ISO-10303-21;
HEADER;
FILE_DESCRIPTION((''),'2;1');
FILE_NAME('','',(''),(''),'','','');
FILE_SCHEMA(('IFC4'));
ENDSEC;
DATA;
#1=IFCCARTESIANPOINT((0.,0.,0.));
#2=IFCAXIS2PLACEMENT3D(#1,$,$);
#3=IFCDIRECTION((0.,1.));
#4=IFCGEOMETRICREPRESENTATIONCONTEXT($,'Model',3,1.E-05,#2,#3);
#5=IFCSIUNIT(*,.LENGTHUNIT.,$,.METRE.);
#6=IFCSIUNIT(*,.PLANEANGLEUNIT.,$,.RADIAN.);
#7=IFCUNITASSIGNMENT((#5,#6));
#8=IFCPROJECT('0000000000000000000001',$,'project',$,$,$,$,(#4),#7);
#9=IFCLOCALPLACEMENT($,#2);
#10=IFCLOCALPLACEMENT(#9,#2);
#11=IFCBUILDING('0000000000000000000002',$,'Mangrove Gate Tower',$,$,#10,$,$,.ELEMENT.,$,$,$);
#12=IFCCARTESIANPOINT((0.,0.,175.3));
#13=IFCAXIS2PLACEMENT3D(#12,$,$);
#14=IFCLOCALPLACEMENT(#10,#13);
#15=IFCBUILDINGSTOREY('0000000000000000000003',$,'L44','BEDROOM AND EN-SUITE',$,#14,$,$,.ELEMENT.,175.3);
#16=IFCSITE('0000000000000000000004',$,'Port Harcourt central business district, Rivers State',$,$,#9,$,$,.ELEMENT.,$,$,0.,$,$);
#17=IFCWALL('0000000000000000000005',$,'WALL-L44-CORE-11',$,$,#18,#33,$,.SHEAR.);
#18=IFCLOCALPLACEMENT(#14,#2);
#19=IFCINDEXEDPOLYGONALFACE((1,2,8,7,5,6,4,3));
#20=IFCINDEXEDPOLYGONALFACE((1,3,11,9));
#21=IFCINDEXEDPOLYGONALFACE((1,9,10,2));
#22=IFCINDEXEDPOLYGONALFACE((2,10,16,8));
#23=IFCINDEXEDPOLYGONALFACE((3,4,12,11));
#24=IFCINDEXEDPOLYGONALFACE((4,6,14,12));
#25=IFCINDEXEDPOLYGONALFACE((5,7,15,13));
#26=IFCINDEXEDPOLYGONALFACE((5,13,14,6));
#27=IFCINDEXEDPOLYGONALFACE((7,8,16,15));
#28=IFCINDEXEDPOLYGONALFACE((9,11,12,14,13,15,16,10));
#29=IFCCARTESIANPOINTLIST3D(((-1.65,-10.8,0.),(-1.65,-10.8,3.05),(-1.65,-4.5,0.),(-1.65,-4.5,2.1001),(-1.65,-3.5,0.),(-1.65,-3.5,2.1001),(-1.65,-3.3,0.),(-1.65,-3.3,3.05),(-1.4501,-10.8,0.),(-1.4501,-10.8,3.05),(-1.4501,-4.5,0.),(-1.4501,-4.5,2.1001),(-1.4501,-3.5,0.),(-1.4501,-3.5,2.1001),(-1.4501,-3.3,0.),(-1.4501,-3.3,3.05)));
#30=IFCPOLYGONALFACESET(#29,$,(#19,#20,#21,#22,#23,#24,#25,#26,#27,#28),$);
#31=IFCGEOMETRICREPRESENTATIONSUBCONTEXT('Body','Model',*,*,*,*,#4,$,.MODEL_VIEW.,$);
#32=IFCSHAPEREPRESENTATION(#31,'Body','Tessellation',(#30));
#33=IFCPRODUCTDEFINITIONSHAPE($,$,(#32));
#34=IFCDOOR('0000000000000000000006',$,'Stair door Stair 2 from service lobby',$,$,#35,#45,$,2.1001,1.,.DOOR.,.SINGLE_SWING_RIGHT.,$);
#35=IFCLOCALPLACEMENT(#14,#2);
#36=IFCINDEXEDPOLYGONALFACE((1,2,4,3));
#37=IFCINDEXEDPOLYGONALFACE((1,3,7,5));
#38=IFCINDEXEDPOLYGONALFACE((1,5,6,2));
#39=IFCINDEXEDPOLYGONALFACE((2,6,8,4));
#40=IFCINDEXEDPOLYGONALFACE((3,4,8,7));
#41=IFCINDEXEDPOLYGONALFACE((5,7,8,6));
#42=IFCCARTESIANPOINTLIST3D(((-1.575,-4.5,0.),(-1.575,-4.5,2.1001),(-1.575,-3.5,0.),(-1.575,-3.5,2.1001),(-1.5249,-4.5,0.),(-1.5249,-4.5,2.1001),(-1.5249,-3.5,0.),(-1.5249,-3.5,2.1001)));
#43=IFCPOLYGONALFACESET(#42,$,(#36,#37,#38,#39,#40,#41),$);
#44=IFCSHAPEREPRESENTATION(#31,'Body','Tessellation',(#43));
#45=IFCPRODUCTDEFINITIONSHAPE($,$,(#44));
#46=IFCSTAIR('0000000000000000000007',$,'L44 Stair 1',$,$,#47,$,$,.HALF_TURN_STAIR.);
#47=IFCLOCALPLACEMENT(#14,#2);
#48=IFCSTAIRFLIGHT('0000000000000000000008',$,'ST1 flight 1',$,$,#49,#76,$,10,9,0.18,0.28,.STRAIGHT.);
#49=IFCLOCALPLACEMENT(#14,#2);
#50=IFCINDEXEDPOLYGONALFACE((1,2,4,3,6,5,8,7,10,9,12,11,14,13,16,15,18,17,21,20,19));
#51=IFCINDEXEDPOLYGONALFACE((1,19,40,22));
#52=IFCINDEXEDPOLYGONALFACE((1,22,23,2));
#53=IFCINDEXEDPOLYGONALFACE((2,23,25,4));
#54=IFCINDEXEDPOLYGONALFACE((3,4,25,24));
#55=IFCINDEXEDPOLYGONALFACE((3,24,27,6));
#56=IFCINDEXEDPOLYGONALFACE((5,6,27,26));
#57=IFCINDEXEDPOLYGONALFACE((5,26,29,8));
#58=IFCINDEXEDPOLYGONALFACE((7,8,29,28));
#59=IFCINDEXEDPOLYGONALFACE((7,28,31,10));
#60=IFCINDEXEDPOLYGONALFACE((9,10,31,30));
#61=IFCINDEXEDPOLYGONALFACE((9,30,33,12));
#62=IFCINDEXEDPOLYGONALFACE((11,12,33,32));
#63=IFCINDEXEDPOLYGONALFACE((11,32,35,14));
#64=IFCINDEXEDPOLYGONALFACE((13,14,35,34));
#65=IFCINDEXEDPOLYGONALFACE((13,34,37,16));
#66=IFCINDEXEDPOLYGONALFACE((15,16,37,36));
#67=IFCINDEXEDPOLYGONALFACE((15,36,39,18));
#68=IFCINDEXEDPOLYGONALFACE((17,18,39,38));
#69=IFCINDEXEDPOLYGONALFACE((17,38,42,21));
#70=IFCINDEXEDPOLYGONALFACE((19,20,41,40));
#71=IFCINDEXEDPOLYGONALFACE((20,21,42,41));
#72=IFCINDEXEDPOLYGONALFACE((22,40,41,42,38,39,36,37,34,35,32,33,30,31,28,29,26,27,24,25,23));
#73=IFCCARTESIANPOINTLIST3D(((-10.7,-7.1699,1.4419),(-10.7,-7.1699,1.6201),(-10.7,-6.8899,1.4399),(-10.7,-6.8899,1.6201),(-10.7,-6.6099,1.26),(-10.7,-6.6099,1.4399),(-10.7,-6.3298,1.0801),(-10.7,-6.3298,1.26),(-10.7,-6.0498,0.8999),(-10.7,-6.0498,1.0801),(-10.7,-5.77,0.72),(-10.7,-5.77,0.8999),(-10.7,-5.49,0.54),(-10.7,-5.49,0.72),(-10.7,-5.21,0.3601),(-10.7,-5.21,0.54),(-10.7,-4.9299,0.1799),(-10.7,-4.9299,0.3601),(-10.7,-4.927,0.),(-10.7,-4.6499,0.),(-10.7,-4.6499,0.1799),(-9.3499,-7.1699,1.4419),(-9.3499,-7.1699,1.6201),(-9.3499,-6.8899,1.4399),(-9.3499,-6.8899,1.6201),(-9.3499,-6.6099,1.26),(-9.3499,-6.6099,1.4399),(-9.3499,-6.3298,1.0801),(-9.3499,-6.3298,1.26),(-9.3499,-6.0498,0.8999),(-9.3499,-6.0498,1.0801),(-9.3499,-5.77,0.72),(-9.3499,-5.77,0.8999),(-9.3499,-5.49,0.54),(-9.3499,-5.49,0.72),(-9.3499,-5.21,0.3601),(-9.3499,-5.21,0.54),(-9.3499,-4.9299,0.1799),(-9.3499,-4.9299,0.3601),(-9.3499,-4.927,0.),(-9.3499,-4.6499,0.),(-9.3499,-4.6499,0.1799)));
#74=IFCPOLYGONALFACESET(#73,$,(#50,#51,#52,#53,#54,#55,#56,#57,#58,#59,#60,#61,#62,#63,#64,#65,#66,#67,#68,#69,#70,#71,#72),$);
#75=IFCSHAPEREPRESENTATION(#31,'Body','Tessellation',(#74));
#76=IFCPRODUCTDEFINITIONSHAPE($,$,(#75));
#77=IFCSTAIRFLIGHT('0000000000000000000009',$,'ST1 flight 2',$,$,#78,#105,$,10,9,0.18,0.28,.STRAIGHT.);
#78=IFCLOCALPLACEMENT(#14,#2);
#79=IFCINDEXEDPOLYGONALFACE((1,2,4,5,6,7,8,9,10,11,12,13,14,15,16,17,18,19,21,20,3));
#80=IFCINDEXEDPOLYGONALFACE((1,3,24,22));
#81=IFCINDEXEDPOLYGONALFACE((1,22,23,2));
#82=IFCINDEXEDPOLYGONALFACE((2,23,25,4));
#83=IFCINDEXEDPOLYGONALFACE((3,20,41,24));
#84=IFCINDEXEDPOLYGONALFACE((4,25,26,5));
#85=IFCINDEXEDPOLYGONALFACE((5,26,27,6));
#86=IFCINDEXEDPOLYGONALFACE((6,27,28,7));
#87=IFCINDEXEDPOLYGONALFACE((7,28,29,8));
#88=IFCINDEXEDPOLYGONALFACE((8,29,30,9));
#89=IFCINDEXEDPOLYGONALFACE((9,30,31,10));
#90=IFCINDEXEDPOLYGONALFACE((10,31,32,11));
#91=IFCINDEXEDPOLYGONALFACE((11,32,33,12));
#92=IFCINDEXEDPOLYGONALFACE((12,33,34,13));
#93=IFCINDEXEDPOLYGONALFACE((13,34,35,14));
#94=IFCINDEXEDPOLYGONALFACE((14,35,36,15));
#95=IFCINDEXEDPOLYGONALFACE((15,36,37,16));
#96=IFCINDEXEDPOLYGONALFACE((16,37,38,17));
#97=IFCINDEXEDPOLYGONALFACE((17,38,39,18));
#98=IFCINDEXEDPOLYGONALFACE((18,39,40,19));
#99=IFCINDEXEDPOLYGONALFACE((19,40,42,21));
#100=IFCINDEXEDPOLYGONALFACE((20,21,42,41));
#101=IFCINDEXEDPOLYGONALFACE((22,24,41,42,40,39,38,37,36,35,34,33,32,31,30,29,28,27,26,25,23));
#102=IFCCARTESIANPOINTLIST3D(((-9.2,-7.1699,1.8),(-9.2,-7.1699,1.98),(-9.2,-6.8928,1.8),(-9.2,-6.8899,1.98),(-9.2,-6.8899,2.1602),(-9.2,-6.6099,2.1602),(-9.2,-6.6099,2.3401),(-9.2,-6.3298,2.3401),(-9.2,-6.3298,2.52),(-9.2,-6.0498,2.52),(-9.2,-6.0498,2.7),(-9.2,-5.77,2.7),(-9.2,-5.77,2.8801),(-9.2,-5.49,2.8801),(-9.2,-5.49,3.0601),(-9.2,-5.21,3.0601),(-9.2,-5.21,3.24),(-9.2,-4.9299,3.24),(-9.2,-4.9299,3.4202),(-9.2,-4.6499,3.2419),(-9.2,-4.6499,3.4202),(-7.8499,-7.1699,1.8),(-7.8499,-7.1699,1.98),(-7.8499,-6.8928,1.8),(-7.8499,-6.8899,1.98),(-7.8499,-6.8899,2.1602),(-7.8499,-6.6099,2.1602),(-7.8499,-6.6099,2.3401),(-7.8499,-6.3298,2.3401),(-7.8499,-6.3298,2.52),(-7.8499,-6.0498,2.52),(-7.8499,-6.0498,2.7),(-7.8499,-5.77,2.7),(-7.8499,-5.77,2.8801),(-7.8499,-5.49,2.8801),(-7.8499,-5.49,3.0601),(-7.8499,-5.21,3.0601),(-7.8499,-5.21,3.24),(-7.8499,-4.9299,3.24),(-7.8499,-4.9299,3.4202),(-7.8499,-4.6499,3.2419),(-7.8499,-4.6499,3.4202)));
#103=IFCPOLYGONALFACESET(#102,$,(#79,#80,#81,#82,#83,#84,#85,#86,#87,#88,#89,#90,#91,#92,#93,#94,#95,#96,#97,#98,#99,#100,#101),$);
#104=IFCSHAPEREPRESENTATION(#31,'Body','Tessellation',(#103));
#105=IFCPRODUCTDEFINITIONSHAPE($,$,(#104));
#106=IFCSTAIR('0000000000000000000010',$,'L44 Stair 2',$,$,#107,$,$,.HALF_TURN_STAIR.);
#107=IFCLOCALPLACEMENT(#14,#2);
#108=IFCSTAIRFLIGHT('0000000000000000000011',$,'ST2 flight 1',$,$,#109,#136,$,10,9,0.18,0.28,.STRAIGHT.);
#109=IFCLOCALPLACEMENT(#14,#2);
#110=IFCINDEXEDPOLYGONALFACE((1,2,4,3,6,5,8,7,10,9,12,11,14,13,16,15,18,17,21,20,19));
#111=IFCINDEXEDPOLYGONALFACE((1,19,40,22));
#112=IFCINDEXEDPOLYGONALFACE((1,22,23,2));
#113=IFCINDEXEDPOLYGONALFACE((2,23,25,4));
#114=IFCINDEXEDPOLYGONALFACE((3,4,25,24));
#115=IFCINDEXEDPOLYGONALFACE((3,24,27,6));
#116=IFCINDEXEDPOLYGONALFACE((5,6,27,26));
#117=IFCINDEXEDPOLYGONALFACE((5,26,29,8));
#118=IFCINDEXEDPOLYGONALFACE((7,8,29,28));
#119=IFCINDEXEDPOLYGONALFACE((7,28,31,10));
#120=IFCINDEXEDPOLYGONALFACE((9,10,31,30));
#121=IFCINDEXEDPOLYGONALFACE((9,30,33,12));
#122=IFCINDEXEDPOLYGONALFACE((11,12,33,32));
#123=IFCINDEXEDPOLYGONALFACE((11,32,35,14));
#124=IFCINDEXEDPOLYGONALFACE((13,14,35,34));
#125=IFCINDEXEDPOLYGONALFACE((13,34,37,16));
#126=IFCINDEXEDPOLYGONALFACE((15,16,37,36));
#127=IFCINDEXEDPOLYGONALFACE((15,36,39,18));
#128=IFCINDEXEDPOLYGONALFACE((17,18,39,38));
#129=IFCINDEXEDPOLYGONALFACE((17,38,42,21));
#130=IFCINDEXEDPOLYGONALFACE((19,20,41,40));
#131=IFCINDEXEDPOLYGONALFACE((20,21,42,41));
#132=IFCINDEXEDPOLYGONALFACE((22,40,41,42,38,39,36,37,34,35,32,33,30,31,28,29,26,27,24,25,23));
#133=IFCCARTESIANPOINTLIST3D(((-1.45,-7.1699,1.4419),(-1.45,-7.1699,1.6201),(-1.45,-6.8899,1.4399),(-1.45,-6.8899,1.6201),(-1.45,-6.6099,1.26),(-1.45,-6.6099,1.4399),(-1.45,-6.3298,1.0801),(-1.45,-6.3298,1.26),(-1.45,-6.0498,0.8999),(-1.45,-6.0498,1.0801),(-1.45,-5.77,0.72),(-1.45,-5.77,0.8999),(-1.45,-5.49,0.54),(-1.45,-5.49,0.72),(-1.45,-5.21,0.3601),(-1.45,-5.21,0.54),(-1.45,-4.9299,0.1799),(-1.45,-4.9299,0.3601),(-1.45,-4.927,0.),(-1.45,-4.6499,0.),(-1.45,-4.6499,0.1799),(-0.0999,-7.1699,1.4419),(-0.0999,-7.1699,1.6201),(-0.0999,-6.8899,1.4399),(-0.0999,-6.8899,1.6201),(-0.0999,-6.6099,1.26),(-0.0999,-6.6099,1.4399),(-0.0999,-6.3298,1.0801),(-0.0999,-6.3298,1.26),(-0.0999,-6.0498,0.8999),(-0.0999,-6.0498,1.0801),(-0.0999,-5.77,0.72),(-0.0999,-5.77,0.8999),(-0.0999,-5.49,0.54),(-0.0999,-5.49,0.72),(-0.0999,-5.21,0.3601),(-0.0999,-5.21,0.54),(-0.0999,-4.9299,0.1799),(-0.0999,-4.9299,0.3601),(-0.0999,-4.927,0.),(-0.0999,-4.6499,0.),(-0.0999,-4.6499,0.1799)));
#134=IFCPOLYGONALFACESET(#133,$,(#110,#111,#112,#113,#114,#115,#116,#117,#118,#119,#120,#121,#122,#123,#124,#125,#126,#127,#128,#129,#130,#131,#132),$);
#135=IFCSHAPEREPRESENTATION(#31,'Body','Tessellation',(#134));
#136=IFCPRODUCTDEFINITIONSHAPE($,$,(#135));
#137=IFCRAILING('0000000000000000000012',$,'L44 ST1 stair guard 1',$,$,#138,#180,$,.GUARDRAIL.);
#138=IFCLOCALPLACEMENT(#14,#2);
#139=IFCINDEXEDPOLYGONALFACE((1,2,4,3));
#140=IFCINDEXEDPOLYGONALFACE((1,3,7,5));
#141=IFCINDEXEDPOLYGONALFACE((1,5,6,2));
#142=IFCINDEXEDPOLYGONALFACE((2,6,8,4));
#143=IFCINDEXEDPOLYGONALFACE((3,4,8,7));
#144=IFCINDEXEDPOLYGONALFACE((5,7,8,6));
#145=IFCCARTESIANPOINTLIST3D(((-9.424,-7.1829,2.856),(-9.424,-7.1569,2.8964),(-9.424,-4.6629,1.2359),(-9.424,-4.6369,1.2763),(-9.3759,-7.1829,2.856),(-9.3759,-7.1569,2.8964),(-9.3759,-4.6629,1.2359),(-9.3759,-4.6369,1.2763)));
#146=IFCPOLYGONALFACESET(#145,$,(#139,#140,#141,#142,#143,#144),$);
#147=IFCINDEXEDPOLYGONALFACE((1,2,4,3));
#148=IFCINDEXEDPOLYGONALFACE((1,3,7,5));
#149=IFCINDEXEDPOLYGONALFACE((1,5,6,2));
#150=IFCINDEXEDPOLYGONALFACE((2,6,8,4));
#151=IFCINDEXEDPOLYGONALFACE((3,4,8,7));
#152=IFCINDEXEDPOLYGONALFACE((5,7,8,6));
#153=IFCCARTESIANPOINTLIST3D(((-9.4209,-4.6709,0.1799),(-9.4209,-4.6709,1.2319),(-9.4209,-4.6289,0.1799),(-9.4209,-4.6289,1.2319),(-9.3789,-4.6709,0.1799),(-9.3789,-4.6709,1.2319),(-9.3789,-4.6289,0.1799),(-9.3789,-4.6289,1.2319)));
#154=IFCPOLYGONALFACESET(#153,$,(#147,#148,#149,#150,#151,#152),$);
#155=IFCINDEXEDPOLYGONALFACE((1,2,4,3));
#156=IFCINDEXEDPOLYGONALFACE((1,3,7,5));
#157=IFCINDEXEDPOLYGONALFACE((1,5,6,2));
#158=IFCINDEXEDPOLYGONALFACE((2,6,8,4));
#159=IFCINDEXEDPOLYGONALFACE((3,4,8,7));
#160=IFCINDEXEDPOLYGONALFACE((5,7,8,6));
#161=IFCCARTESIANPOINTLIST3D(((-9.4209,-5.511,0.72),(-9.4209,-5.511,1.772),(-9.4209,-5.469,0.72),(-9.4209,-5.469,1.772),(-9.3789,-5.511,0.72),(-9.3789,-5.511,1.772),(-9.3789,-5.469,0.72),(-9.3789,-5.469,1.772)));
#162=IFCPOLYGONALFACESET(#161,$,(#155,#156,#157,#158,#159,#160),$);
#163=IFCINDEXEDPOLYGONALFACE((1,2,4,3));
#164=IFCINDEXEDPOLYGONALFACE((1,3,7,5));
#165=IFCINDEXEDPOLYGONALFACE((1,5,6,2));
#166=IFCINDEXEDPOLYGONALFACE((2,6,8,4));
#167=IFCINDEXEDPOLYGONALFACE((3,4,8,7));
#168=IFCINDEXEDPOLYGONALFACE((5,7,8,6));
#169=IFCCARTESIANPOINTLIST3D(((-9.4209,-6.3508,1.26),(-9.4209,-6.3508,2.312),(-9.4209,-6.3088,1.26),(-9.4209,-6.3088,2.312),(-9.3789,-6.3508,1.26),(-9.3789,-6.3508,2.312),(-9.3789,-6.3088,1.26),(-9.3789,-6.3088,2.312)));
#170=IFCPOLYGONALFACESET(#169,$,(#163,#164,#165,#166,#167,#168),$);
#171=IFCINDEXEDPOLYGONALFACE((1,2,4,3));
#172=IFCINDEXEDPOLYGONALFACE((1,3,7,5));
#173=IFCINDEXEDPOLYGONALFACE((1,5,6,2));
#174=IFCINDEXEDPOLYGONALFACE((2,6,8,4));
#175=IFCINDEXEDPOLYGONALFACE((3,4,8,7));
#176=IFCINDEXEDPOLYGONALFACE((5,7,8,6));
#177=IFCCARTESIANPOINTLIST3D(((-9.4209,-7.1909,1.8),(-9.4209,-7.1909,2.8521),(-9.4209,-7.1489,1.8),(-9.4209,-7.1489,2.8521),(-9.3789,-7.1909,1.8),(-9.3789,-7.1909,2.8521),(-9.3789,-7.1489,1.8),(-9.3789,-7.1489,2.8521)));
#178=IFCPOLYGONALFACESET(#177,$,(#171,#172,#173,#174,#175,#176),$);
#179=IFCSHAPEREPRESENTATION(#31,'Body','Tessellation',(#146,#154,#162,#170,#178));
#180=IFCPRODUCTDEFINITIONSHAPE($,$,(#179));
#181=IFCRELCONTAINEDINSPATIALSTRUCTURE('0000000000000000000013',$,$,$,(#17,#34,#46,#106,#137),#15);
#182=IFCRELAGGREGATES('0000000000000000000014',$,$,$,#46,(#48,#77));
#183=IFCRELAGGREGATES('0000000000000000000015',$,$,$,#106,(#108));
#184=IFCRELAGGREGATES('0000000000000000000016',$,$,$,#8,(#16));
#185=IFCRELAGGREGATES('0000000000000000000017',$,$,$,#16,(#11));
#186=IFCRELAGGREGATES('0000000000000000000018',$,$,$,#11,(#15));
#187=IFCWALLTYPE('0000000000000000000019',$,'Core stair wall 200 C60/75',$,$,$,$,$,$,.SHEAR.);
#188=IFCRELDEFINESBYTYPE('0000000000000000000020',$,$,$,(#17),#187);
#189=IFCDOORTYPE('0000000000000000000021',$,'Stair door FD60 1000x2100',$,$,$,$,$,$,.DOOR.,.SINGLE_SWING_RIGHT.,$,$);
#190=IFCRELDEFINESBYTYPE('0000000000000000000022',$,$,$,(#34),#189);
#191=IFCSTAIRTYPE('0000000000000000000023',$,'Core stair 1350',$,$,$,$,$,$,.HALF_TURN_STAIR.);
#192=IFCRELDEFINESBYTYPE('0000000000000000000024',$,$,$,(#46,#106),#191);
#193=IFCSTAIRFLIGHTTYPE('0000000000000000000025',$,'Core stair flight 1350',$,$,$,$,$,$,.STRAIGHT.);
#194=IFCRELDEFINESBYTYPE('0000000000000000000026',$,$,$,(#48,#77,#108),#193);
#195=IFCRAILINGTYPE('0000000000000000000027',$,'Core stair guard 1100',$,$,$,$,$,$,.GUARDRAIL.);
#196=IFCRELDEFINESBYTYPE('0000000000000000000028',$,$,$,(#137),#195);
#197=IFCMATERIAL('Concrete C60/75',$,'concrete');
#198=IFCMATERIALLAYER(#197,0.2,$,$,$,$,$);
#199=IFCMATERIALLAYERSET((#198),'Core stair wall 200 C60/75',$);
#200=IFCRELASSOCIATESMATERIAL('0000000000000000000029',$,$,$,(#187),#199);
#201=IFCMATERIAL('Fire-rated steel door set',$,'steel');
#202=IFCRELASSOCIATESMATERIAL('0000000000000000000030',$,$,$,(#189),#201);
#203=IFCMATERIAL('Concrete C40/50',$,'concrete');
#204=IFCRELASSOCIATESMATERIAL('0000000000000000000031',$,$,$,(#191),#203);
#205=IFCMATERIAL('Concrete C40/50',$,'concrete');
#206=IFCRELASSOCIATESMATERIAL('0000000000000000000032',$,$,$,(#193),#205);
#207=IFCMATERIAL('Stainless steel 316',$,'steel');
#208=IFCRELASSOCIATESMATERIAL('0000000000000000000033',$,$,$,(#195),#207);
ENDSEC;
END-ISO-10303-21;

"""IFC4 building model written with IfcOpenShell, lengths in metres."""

from ifc_helpers import new_model, si_unit, direction, frame, frame_2d, origin, origin_2d, place, context, subcontext, project, spatial, polyline, rectangle, outline, extrude, material, layer, layer_set, type_object, element, fill, aggregate, save


model = new_model("IFC4")

# Units and contexts
model_context = context("Model", 3, precision=1e-05, world=origin(), true_north=direction((0.0, 1.0)))
body_context = subcontext(model_context, "Body", "Model", "MODEL_VIEW")
ifc_project = project(units=[si_unit("LENGTHUNIT", "METRE"), si_unit("PLANEANGLEUNIT", "RADIAN")], contexts=[model_context])

# Site, building, storey
site_placement = place(None, origin())
site = spatial("IfcSite", under=ifc_project, at=site_placement, Name="Port Harcourt central business district, Rivers State", CompositionType="ELEMENT", RefElevation=0.0)
building_placement = place(site_placement, origin())
building = spatial("IfcBuilding", under=site, at=building_placement, Name="Mangrove Gate Tower", CompositionType="ELEMENT")
storey_placement = place(building_placement, frame((0.0, 0.0, 175.3)))
storey = spatial("IfcBuildingStorey", under=building, at=storey_placement, Name="L44", Description="BEDROOM AND EN-SUITE", CompositionType="ELEMENT", Elevation=175.3)

# Shared definitions
ifc_material_1 = material(Name="Concrete C60/75", Category="concrete")
ifc_layer_1 = layer(ifc_material_1, 0.2)
ifc_layer_set_1 = layer_set([ifc_layer_1], Name="Core stair wall 200 C60/75")
wall_type_1 = type_object("IfcWallType", Name="Core stair wall 200 C60/75", PredefinedType="SHEAR", material=ifc_layer_set_1)

# Wall, opening, door
wall_1_placement = place(storey_placement, frame((-1.55, -10.8, 0.0), z_axis=(0.0, 0.0, 1.0), x_axis=(0.0, 1.0, 0.0)))
wall_1 = element("IfcWall", 1, at=wall_1_placement, inside=storey, type_object=wall_type_1, Name="WALL-L44-CORE-11", PredefinedType="SHEAR", context=body_context, shape_type="SweptSolid", body=[
    extrude(rectangle(XDim=7.5, YDim=0.2, at=frame_2d((3.75, 0.0))), origin(), (0.0, 0.0, 1.0), 3.05),
])
opening_1_placement = place(wall_1_placement, frame((6.3, 0.0, 0.0)))
opening_1 = element("IfcOpeningElement", 2, at=opening_1_placement, cuts=wall_1, PredefinedType="OPENING", context=body_context, shape_type="SweptSolid", body=[
    extrude(rectangle(XDim=1.0, YDim=2.1001, at=frame_2d((0.5, 1.05))), frame((0.0, 0.1099, 0.0), z_axis=(0.0, -1.0, 0.0), x_axis=(1.0, 0.0, 0.0)), (0.0, 0.0, 1.0), 0.22),
])
ifc_material_2 = material(Name="Fire-rated steel door set", Category="steel")
door_type_1 = type_object("IfcDoorType", Name="Stair door FD60 1000x2100", OperationType="SINGLE_SWING_RIGHT", PredefinedType="DOOR", material=ifc_material_2)
door_1_placement = place(opening_1_placement, origin())
door_1 = element("IfcDoor", 3, at=door_1_placement, inside=storey, type_object=door_type_1, Name="Stair door Stair 2 from service lobby", OperationType="SINGLE_SWING_RIGHT", OverallHeight=2.1001, OverallWidth=1.0, PredefinedType="DOOR", context=body_context, shape_type="SweptSolid", body=[
    extrude(rectangle(XDim=1.0, YDim=2.1001, at=frame_2d((0.5, 1.05))), frame((0.0, 0.0249, 0.0), z_axis=(0.0, -1.0, 0.0), x_axis=(1.0, 0.0, 0.0)), (0.0, 0.0, 1.0), 0.05),
])
fill(opening_1, door_1)

# Stair, stair flights
ifc_material_3 = material(Name="Concrete C40/50", Category="concrete")
stair_type = type_object("IfcStairType", Name="Core stair 1350", PredefinedType="HALF_TURN_STAIR", material=ifc_material_3)
stair_1_placement = place(storey_placement, origin())
stair_1 = element("IfcStair", 4, at=stair_1_placement, inside=storey, type_object=stair_type, Name="L44 Stair 1", PredefinedType="HALF_TURN_STAIR")
ifc_material_4 = material(Name="Concrete C40/50", Category="concrete")
stair_flight_type = type_object("IfcStairFlightType", Name="Core stair flight 1350", PredefinedType="STRAIGHT", material=ifc_material_4)
stair_flight_1_placement = place(storey_placement, frame((-10.0249, -4.6499, 0.0), z_axis=(0.0, 0.0, 1.0), x_axis=(0.0, -1.0, 0.0)))
stair_flight_1 = element("IfcStairFlight", 5, at=stair_flight_1_placement, type_object=stair_flight_type, Name="ST1 flight 1", NumberOfRisers=10, NumberOfTreads=9, PredefinedType="STRAIGHT", RiserHeight=0.18, TreadLength=0.28, context=body_context, shape_type="SweptSolid", body=[
    extrude(outline(polyline([(0.0, 0.0), (0.0, 0.1799), (0.28, 0.1799), (0.28, 0.3601), (0.5601, 0.3601), (0.5601, 0.54), (0.8401, 0.54), (0.8401, 0.72), (1.1201, 0.72), (1.1201, 0.8999), (1.3999, 0.8999), (1.3999, 1.0801), (1.6799, 1.0801), (1.6799, 1.26), (1.96, 1.26), (1.96, 1.4399), (2.24, 1.4399), (2.24, 1.6201), (2.52, 1.6201), (2.52, 1.8), (2.52, 1.4419), (0.2771, 0.0), (0.0, 0.0)])), frame((0.0, 0.675, 0.0), z_axis=(0.0, -1.0, 0.0), x_axis=(1.0, 0.0, 0.0)), (0.0, 0.0, 1.0), 1.3501),
])
stair_flight_2_placement = place(storey_placement, frame((-8.5249, -7.1699, 1.8), z_axis=(0.0, 0.0, 1.0), x_axis=(0.0, 1.0, 0.0)))
stair_flight_2 = element("IfcStairFlight", 6, at=stair_flight_2_placement, type_object=stair_flight_type, Name="ST1 flight 2", NumberOfRisers=10, NumberOfTreads=9, PredefinedType="STRAIGHT", RiserHeight=0.18, TreadLength=0.28, context=body_context, shape_type="SweptSolid", body=[
    extrude(outline(polyline([(0.0, 0.0), (0.0, 0.1799), (0.28, 0.1799), (0.28, 0.3601), (0.5601, 0.3601), (0.5601, 0.54), (0.8401, 0.54), (0.8401, 0.72), (1.1201, 0.72), (1.1201, 0.8999), (1.3999, 0.8999), (1.3999, 1.0801), (1.6799, 1.0801), (1.6799, 1.26), (1.96, 1.26), (1.96, 1.4399), (2.24, 1.4399), (2.24, 1.6201), (2.52, 1.6201), (2.52, 1.8), (2.52, 1.4419), (0.2771, 0.0), (0.0, 0.0)])), frame((0.0, 0.675, 0.0), z_axis=(0.0, -1.0, 0.0), x_axis=(1.0, 0.0, 0.0)), (0.0, 0.0, 1.0), 1.3501),
])
aggregate(stair_1, [stair_flight_1, stair_flight_2])

# Stair, stair flight
stair_2_placement = place(storey_placement, origin())
stair_2 = element("IfcStair", 7, at=stair_2_placement, inside=storey, type_object=stair_type, Name="L44 Stair 2", PredefinedType="HALF_TURN_STAIR")
stair_flight_3_placement = place(storey_placement, frame((-0.7749, -4.6499, 0.0), z_axis=(0.0, 0.0, 1.0), x_axis=(0.0, -1.0, 0.0)))
stair_flight_3 = element("IfcStairFlight", 8, at=stair_flight_3_placement, type_object=stair_flight_type, Name="ST2 flight 1", NumberOfRisers=10, NumberOfTreads=9, PredefinedType="STRAIGHT", RiserHeight=0.18, TreadLength=0.28, context=body_context, shape_type="SweptSolid", body=[
    extrude(outline(polyline([(0.0, 0.0), (0.0, 0.1799), (0.28, 0.1799), (0.28, 0.3601), (0.5601, 0.3601), (0.5601, 0.54), (0.8401, 0.54), (0.8401, 0.72), (1.1201, 0.72), (1.1201, 0.8999), (1.3999, 0.8999), (1.3999, 1.0801), (1.6799, 1.0801), (1.6799, 1.26), (1.96, 1.26), (1.96, 1.4399), (2.24, 1.4399), (2.24, 1.6201), (2.52, 1.6201), (2.52, 1.8), (2.52, 1.4419), (0.2771, 0.0), (0.0, 0.0)])), frame((0.0, 0.675, 0.0), z_axis=(0.0, -1.0, 0.0), x_axis=(1.0, 0.0, 0.0)), (0.0, 0.0, 1.0), 1.3501),
])
aggregate(stair_2, [stair_flight_3])

# Railing
ifc_material_5 = material(Name="Stainless steel 316", Category="steel")
railing_type_1 = type_object("IfcRailingType", Name="Core stair guard 1100", PredefinedType="GUARDRAIL", material=ifc_material_5)
railing_1_placement = place(storey_placement, frame((-9.3999, -4.6499, 0.1799)))
element("IfcRailing", 9, at=railing_1_placement, inside=storey, type_object=railing_type_1, Name="L44 ST1 stair guard 1", PredefinedType="GUARDRAIL", context=body_context, shape_type="SweptSolid", body=[
    extrude(rectangle(XDim=0.0481, YDim=0.0481, at=origin_2d()), frame((0.0, 0.0, 1.0762), z_axis=(0.0, -0.841163, 0.540782), x_axis=(1.0, 0.0, 0.0)), (0.0, 0.0, 1.0), 2.9958),
    extrude(rectangle(XDim=0.042, YDim=0.042, at=origin_2d()), origin(), (0.0, 0.0, 1.0), 1.052),
    extrude(rectangle(XDim=0.042, YDim=0.042, at=origin_2d()), frame((0.0, -0.8401, 0.54)), (0.0, 0.0, 1.0), 1.052),
    extrude(rectangle(XDim=0.042, YDim=0.042, at=origin_2d()), frame((0.0, -1.6799, 1.0801)), (0.0, 0.0, 1.0), 1.052),
    extrude(rectangle(XDim=0.042, YDim=0.042, at=origin_2d()), frame((0.0, -2.52, 1.6201)), (0.0, 0.0, 1.0), 1.052),
])

save(model, "model.ifc")
